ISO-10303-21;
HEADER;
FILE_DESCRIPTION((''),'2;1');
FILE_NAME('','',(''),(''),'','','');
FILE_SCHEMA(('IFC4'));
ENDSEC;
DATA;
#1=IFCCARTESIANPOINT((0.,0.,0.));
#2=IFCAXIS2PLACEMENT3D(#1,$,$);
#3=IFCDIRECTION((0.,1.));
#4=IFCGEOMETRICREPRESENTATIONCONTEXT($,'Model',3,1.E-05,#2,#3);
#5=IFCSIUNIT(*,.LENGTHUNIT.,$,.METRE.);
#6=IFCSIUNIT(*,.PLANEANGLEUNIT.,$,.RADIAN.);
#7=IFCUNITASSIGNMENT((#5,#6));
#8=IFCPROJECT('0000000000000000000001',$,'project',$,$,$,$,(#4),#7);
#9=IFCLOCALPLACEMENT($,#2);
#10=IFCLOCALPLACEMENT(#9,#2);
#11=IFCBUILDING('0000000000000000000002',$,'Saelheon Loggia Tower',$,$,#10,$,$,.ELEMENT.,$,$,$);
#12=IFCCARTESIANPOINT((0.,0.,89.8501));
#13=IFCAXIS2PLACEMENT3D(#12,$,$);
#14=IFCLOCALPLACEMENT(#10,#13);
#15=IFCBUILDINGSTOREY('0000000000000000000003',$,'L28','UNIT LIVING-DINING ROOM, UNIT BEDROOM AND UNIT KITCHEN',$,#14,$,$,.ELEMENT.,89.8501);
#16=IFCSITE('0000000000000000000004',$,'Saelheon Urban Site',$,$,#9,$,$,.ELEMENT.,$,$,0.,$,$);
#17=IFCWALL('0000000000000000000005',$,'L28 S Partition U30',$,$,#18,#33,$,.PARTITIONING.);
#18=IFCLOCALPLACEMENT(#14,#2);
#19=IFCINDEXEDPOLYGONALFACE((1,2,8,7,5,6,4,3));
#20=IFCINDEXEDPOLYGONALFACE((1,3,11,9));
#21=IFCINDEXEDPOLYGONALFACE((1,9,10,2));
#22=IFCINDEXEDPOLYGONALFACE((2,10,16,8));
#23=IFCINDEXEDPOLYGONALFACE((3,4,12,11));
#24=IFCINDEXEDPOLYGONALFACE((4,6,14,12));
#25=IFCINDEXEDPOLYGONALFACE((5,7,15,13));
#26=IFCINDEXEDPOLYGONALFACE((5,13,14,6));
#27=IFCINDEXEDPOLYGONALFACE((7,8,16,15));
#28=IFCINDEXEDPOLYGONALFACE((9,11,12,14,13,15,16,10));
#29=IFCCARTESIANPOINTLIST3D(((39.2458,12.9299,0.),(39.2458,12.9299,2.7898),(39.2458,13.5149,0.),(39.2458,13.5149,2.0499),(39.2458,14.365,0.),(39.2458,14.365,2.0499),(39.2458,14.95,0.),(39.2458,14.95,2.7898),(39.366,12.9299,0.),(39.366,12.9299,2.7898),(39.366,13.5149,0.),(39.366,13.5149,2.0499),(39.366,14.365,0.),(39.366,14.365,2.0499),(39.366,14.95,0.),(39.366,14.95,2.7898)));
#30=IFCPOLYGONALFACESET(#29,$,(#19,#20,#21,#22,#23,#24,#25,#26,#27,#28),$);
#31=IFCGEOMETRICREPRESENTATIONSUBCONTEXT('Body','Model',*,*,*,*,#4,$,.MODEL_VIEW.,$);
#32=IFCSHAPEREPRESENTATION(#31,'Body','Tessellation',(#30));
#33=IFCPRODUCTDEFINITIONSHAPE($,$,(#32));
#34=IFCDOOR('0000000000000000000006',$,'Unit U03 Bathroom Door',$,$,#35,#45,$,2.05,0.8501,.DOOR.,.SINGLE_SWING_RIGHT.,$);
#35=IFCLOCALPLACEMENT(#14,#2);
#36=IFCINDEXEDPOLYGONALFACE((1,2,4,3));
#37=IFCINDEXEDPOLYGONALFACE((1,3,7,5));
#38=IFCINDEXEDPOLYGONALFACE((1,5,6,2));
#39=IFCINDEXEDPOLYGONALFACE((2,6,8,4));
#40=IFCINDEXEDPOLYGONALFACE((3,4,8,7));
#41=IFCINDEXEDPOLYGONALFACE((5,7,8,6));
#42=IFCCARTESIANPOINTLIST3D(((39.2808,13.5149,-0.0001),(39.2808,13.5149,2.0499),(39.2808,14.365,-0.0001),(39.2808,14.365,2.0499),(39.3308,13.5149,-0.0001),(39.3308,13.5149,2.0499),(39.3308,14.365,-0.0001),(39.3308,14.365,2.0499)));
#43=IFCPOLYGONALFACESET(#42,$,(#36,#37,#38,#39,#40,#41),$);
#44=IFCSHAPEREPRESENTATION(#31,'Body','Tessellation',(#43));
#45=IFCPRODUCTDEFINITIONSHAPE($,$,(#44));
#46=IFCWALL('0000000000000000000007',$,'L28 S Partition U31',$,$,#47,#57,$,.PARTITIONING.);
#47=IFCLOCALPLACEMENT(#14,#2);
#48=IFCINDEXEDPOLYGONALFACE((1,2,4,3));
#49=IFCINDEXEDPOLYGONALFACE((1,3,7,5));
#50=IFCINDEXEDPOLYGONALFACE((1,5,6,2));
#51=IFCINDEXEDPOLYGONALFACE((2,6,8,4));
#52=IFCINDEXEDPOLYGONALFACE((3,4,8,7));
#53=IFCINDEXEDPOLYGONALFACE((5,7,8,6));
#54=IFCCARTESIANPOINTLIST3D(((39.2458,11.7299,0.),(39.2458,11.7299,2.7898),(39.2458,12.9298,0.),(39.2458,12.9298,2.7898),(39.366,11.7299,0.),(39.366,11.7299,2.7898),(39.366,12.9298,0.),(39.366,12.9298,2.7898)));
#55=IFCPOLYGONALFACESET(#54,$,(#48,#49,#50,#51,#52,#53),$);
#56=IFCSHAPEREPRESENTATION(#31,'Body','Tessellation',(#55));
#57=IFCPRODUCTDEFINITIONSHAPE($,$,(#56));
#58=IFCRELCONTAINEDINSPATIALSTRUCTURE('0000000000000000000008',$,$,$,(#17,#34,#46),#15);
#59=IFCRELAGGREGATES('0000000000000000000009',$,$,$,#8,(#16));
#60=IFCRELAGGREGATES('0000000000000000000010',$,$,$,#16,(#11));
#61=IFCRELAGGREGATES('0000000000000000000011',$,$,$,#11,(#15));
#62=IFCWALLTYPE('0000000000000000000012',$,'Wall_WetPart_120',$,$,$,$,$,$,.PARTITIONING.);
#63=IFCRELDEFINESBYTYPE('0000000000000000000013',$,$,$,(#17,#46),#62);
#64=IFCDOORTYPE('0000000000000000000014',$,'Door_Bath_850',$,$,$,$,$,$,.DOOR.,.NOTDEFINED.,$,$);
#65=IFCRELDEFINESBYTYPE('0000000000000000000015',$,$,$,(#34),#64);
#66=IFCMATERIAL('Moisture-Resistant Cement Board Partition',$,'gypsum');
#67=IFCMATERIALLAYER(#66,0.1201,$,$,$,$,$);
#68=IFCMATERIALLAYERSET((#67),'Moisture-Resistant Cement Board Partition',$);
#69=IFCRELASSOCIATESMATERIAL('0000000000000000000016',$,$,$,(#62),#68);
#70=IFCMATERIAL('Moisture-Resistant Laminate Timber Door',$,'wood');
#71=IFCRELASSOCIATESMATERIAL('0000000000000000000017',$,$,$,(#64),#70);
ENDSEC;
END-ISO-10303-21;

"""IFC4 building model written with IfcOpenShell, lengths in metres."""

from ifc_helpers import new_model, si_unit, direction, frame, frame_2d, origin, place, context, subcontext, project, spatial, rectangle, extrude, source, transform, mapped, material, layer, layer_set, type_object, element, fill, save


model = new_model("IFC4")

# Units and contexts
model_context = context("Model", 3, precision=1e-05, world=origin(), true_north=direction((0.0, 1.0)))
body_context = subcontext(model_context, "Body", "Model", "MODEL_VIEW")
ifc_project = project(units=[si_unit("LENGTHUNIT", "METRE"), si_unit("PLANEANGLEUNIT", "RADIAN")], contexts=[model_context])

# Site, building, storey
site_placement = place(None, origin())
site = spatial("IfcSite", under=ifc_project, at=site_placement, Name="Saelheon Urban Site", CompositionType="ELEMENT", RefElevation=0.0)
building_placement = place(site_placement, origin())
building = spatial("IfcBuilding", under=site, at=building_placement, Name="Saelheon Loggia Tower", CompositionType="ELEMENT")
storey_placement = place(building_placement, frame((0.0, 0.0, 89.8501)))
storey = spatial("IfcBuildingStorey", under=building, at=storey_placement, Name="L28", Description="UNIT LIVING-DINING ROOM, UNIT BEDROOM AND UNIT KITCHEN", CompositionType="ELEMENT", Elevation=89.8501)

# Shared definitions
ifc_material_1 = material(Name="Moisture-Resistant Cement Board Partition", Category="gypsum")
ifc_layer_1 = layer(ifc_material_1, 0.1201)
ifc_layer_set_1 = layer_set([ifc_layer_1], Name="Moisture-Resistant Cement Board Partition")
wall_type_1 = type_object("IfcWallType", Name="Wall_WetPart_120", PredefinedType="PARTITIONING", material=ifc_layer_set_1)

# Wall, opening, door
wall_1_placement = place(storey_placement, frame((39.3059, 14.95, 0.0), z_axis=(0.0, 0.0, 1.0), x_axis=(0.0, -1.0, 0.0)))
wall_1 = element("IfcWall", 1, at=wall_1_placement, inside=storey, type_object=wall_type_1, Name="L28 S Partition U30", PredefinedType="PARTITIONING", context=body_context, shape_type="SweptSolid", body=[
    extrude(rectangle(XDim=2.02, YDim=0.1201, at=frame_2d((1.01, 0.0))), origin(), (0.0, 0.0, 1.0), 2.7898),
])
opening_1_placement = place(wall_1_placement, frame((0.585, 0.0, 0.0)))
opening_1 = element("IfcOpeningElement", 2, at=opening_1_placement, cuts=wall_1, PredefinedType="OPENING", context=body_context, shape_type="SweptSolid", body=[
    extrude(rectangle(XDim=0.8501, YDim=2.05, at=frame_2d((0.425, 1.0249))), frame((0.0, 0.072, 0.0), z_axis=(0.0, -1.0, 0.0), x_axis=(1.0, 0.0, 0.0)), (0.0, 0.0, 1.0), 0.144),
])
ifc_material_2 = material(Name="Moisture-Resistant Laminate Timber Door", Category="wood")
door_type_1 = type_object("IfcDoorType", Name="Door_Bath_850", OperationType="NOTDEFINED", PredefinedType="DOOR", material=ifc_material_2)
shared_shape_1 = source(origin(), body_context, "Body", "SweptSolid", [
    extrude(rectangle(XDim=0.8501, YDim=2.05, at=frame_2d((0.425, 1.0249))), frame((0.0, 0.0249, 0.0), z_axis=(0.0, -1.0, 0.0), x_axis=(1.0, 0.0, 0.0)), (0.0, 0.0, 1.0), 0.05),
])
door_1_placement = place(opening_1_placement, origin())
door_1 = element("IfcDoor", 3, at=door_1_placement, inside=storey, type_object=door_type_1, Name="Unit U03 Bathroom Door", OperationType="SINGLE_SWING_RIGHT", OverallHeight=2.05, OverallWidth=0.8501, PredefinedType="DOOR", context=body_context, shape_type="MappedRepresentation", body=[
    mapped(shared_shape_1, transform((0.0, 0.0, 0.0), scale=1.0)),
])
fill(opening_1, door_1)

# Wall
wall_2_placement = place(storey_placement, frame((39.3059, 12.9299, 0.0), z_axis=(0.0, 0.0, 1.0), x_axis=(0.0, -1.0, 0.0)))
element("IfcWall", 4, at=wall_2_placement, inside=storey, type_object=wall_type_1, Name="L28 S Partition U31", PredefinedType="PARTITIONING", context=body_context, shape_type="SweptSolid", body=[
    extrude(rectangle(XDim=1.2, YDim=0.1201, at=frame_2d((0.6001, 0.0))), origin(), (0.0, 0.0, 1.0), 2.7898),
])

save(model, "model.ifc")
